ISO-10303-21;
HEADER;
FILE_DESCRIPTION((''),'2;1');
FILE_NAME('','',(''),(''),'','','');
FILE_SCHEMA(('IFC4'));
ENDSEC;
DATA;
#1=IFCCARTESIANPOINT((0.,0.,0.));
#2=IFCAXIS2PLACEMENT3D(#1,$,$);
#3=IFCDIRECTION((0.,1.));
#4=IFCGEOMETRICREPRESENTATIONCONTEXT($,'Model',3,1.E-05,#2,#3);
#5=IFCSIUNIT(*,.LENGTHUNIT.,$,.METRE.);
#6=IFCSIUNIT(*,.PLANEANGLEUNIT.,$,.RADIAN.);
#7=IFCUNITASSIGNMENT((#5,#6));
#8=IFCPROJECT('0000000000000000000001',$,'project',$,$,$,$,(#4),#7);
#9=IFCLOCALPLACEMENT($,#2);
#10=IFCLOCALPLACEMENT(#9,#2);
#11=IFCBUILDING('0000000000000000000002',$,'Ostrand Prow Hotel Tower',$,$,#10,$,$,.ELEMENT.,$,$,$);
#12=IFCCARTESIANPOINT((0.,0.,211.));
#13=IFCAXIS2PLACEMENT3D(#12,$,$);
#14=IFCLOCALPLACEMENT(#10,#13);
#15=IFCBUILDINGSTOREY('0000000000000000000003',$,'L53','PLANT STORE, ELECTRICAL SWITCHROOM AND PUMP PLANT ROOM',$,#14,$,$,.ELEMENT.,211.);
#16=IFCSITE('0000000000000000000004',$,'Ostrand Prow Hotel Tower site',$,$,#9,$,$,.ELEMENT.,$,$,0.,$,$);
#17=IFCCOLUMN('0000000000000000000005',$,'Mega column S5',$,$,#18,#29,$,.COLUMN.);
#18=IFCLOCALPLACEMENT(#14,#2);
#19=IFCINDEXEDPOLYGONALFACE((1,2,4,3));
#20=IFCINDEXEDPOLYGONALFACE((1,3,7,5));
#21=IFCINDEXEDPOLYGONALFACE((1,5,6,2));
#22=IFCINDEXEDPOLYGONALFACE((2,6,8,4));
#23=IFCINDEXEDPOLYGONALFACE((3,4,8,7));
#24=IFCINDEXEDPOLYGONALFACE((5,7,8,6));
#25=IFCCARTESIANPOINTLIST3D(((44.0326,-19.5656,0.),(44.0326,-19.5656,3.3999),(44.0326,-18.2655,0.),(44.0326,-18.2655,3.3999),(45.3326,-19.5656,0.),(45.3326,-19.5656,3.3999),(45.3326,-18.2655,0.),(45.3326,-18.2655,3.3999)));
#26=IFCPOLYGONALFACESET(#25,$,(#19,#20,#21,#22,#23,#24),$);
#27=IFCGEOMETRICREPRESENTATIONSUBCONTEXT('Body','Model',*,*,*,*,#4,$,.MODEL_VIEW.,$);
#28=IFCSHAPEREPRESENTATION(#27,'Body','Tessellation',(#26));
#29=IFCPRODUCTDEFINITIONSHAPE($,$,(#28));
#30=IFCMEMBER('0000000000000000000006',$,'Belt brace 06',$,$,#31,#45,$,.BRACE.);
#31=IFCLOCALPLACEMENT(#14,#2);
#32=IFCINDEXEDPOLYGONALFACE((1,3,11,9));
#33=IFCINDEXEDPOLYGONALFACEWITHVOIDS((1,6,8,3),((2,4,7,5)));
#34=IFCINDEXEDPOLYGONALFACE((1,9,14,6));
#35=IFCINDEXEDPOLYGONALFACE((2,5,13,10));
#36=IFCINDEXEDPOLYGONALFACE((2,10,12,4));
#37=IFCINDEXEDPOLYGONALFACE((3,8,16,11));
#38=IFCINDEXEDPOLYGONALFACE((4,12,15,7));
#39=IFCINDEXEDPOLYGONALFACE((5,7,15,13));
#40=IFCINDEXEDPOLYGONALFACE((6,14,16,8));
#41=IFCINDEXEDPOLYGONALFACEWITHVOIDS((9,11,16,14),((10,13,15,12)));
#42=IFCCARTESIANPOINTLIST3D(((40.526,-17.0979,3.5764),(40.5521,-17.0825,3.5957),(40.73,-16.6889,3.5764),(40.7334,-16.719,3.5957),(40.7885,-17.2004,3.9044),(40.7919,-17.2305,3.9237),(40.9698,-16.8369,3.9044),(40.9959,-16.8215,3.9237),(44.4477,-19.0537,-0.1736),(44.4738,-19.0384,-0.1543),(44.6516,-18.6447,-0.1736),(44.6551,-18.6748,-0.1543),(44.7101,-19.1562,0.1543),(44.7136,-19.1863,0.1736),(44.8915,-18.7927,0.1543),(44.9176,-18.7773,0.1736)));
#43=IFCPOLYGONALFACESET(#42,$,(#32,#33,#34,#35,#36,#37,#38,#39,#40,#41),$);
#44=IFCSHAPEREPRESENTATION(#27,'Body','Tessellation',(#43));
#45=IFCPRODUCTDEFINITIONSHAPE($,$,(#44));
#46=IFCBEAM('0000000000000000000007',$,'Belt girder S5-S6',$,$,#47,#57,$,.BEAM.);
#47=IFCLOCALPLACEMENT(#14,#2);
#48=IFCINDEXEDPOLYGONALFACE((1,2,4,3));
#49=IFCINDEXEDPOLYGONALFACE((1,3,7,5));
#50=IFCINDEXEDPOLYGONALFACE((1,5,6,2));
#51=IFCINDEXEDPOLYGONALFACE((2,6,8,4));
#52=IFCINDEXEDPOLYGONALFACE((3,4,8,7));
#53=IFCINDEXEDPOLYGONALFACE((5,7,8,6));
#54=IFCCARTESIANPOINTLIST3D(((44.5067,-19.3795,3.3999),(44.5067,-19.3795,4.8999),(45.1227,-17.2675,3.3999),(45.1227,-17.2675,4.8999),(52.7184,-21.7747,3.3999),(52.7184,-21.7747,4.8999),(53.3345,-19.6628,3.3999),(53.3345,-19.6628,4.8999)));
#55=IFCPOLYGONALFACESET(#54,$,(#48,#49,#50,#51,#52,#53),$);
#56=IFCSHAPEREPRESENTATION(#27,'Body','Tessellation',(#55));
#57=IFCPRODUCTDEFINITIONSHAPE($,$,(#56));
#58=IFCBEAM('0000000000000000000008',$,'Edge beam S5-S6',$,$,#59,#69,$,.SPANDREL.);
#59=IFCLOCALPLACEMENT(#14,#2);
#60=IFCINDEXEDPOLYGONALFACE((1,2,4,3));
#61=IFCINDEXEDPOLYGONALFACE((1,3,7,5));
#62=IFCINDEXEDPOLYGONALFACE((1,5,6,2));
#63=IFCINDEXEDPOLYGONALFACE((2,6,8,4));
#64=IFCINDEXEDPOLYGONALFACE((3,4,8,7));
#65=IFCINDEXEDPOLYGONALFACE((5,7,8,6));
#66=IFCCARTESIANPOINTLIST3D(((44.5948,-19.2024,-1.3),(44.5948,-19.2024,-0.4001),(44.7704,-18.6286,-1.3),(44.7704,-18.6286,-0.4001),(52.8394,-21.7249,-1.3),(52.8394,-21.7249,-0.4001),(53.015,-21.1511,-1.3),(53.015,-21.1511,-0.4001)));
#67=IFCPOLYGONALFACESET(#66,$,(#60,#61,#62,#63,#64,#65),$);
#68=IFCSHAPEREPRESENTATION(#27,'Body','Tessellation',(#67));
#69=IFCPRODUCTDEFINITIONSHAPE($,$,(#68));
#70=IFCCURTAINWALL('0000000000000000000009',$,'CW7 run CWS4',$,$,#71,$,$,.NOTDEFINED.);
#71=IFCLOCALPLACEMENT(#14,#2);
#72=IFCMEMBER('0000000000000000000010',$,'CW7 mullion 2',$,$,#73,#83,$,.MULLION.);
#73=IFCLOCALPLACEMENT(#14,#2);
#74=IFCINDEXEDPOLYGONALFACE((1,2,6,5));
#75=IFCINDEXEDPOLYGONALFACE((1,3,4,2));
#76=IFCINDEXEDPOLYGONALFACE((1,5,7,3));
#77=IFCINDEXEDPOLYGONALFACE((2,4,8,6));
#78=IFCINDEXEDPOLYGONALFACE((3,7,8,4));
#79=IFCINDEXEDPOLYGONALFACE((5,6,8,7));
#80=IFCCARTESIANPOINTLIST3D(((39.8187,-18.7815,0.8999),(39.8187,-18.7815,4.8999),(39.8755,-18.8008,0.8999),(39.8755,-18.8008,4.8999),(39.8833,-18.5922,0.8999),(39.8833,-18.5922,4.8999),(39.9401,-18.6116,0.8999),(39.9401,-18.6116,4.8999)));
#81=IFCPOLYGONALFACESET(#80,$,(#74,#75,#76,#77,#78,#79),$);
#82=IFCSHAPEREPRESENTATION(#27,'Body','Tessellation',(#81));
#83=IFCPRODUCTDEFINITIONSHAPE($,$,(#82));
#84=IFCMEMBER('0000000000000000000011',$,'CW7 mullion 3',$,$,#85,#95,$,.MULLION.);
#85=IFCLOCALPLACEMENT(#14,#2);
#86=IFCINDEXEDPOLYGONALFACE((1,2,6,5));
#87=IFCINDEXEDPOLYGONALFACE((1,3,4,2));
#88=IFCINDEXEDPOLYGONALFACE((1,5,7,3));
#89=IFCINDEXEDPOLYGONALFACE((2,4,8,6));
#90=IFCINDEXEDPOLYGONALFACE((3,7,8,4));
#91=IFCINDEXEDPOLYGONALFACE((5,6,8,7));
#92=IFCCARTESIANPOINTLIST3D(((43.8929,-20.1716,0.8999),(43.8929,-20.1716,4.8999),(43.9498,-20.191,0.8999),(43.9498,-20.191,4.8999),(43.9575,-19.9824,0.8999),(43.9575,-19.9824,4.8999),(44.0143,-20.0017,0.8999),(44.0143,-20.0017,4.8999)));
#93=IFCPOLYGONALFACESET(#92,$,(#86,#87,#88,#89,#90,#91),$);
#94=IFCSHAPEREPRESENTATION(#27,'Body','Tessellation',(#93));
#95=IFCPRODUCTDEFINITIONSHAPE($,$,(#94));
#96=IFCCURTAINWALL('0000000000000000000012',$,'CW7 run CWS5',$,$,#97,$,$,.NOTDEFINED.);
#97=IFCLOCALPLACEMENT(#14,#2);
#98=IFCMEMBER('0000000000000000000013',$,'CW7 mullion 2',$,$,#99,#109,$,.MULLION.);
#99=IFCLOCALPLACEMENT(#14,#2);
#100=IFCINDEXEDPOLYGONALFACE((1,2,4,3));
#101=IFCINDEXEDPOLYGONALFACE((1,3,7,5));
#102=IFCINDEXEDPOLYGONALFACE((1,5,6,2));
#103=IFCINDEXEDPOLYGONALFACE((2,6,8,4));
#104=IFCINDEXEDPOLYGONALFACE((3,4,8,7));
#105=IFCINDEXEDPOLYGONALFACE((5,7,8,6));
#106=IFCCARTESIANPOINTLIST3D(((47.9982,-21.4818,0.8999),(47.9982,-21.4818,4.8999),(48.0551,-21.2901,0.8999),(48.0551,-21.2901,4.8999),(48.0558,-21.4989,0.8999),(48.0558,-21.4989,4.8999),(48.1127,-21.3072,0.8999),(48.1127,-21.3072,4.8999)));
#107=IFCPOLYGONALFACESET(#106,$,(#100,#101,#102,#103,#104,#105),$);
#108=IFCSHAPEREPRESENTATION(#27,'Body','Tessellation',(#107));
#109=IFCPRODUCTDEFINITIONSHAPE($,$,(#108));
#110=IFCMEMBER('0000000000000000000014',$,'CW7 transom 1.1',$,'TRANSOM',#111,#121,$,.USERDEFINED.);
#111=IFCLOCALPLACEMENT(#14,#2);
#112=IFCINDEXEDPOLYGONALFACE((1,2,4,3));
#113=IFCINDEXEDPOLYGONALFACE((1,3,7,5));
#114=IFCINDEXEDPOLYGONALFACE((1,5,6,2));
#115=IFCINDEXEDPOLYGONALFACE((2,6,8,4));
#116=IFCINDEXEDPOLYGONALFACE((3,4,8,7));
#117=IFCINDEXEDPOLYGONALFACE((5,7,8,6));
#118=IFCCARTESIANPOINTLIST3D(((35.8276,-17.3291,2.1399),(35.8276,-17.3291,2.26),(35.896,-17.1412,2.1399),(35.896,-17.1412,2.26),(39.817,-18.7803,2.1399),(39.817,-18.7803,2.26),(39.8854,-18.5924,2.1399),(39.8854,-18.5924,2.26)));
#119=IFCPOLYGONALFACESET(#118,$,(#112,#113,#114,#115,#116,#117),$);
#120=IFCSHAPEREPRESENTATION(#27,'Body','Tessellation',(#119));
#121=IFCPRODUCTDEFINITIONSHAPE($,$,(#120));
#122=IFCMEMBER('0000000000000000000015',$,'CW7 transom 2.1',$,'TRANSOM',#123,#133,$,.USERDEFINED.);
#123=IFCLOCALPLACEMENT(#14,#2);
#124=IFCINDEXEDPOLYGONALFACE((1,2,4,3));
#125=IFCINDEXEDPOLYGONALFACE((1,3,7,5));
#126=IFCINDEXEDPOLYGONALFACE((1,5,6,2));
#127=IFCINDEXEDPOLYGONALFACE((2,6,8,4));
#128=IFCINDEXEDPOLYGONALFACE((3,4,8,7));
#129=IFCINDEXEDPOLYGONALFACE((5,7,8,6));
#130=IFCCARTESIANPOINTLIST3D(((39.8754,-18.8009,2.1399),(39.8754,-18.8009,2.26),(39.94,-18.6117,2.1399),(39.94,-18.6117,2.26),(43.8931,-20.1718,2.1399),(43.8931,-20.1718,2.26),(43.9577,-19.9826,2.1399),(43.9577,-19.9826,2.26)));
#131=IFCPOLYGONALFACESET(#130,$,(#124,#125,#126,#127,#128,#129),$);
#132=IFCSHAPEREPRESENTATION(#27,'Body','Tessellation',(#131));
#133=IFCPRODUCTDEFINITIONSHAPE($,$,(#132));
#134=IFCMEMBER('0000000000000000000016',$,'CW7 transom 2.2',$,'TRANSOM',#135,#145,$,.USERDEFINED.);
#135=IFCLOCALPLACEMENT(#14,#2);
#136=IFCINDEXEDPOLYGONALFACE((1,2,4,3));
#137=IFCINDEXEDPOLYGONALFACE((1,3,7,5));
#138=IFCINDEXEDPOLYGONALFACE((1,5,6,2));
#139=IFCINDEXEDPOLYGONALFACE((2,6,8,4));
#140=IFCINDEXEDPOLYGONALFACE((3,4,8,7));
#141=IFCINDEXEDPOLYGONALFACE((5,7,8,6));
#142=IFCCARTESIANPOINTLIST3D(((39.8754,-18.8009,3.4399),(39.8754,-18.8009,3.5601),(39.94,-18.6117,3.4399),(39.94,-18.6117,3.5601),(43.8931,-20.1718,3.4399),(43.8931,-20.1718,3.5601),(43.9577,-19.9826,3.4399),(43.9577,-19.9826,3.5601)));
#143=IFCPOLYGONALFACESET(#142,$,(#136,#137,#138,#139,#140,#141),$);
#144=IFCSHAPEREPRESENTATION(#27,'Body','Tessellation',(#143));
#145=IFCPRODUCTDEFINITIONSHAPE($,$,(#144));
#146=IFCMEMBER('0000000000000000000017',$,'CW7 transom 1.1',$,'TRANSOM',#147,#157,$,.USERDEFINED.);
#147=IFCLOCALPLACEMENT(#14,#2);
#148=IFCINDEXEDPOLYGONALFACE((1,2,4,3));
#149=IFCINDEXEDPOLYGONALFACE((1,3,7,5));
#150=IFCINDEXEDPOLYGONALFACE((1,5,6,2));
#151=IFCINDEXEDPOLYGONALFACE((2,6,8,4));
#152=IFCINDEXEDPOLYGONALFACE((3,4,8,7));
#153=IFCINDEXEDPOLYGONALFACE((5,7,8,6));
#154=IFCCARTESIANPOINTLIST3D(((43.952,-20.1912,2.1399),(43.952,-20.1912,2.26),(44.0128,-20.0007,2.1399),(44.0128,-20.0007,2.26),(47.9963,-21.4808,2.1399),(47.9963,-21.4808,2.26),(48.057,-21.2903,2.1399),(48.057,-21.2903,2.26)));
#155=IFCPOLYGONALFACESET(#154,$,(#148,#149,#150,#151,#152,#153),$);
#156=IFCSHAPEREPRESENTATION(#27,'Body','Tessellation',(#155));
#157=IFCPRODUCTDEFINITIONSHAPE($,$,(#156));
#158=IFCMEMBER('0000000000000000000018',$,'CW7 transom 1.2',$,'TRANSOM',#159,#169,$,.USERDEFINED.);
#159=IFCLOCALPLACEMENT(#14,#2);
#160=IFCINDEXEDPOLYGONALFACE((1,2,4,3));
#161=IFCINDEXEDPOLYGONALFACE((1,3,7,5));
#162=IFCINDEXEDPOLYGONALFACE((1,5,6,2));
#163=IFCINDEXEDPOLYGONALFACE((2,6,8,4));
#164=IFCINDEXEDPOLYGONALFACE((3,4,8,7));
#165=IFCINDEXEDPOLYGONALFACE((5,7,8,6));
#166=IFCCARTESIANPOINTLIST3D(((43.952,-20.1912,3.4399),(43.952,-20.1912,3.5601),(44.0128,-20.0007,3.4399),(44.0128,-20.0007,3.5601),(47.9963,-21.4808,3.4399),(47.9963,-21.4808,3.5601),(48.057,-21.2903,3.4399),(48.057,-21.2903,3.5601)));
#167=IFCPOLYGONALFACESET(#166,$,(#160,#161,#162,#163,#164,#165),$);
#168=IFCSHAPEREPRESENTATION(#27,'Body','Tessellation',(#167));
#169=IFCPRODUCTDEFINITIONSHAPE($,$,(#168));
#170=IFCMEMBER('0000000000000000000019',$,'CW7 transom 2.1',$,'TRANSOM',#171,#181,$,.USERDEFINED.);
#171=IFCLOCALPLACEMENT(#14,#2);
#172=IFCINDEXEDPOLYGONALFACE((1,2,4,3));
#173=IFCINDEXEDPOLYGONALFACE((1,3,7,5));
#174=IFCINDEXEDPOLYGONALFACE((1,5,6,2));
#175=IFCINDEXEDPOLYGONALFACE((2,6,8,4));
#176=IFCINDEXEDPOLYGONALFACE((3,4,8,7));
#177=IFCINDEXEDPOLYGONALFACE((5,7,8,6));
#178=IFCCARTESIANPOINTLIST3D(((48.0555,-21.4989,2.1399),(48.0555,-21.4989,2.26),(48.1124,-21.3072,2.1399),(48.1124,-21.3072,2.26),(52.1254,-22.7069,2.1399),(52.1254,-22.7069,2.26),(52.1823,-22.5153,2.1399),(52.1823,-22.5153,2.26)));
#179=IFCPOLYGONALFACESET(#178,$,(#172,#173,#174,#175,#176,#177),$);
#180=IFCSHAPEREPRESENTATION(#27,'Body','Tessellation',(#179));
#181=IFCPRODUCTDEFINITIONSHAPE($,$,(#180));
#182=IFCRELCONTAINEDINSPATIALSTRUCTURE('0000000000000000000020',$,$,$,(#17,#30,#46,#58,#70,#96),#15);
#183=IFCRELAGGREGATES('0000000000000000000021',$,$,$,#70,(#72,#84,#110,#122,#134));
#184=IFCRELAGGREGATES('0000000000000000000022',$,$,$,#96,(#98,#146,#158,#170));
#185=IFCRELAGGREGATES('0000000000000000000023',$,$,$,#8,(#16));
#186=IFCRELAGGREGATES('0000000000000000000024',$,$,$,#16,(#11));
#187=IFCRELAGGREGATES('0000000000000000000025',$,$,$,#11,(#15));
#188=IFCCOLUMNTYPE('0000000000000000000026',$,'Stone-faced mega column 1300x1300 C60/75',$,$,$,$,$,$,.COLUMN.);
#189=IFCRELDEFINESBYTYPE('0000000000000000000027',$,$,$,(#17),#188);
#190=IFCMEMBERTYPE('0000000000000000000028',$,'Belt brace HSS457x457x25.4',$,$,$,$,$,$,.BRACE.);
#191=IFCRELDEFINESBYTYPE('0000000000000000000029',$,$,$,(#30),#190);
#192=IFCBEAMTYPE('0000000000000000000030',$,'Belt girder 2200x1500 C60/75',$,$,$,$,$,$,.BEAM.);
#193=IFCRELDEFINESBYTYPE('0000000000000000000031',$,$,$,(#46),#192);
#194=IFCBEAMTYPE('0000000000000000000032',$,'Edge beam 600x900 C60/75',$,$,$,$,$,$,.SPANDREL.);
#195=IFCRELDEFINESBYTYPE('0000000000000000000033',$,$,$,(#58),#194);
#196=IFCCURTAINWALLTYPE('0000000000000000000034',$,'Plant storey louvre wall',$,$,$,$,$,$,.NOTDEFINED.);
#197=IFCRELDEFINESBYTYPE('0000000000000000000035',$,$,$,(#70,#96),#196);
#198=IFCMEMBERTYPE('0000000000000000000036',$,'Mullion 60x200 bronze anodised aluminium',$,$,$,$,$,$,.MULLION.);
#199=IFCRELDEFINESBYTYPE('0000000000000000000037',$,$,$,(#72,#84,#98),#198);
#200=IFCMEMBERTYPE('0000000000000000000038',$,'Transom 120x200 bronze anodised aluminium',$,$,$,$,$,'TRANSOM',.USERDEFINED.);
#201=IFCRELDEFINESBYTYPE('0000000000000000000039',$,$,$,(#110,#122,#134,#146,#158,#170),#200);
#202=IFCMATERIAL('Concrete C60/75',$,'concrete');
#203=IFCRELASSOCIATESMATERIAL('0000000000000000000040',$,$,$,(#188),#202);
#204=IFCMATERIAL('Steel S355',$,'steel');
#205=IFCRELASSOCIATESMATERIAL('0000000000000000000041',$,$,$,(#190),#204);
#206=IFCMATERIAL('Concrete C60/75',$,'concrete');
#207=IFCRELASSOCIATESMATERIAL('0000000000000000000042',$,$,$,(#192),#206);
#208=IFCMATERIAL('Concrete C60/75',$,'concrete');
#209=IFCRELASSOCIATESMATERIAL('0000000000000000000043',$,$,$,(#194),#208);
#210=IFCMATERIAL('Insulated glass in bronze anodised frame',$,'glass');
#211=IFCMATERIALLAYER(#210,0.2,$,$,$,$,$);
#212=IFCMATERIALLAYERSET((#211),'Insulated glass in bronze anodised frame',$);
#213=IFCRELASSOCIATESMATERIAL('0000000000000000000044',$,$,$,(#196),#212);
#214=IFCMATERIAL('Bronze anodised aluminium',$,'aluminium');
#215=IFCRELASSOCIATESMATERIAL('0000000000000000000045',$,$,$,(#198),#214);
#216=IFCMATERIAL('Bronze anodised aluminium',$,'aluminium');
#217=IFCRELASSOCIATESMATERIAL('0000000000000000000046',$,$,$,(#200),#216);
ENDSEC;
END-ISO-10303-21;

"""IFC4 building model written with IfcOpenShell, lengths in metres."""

from ifc_helpers import new_model, si_unit, direction, frame, origin, origin_2d, place, context, subcontext, project, spatial, rectangle, hollow_rectangle, extrude, material, layer, layer_set, material_profile, profile_set, type_object, element, aggregate, save


model = new_model("IFC4")

# Units and contexts
model_context = context("Model", 3, precision=1e-05, world=origin(), true_north=direction((0.0, 1.0)))
body_context = subcontext(model_context, "Body", "Model", "MODEL_VIEW")
ifc_project = project(units=[si_unit("LENGTHUNIT", "METRE"), si_unit("PLANEANGLEUNIT", "RADIAN")], contexts=[model_context])

# Site, building, storey
site_placement = place(None, origin())
site = spatial("IfcSite", under=ifc_project, at=site_placement, Name="Ostrand Prow Hotel Tower site", CompositionType="ELEMENT", RefElevation=0.0)
building_placement = place(site_placement, origin())
building = spatial("IfcBuilding", under=site, at=building_placement, Name="Ostrand Prow Hotel Tower", CompositionType="ELEMENT")
storey_placement = place(building_placement, frame((0.0, 0.0, 211.0)))
storey = spatial("IfcBuildingStorey", under=building, at=storey_placement, Name="L53", Description="PLANT STORE, ELECTRICAL SWITCHROOM AND PUMP PLANT ROOM", CompositionType="ELEMENT", Elevation=211.0)

# Column
ifc_material_1 = material(Name="Concrete C60/75", Category="concrete")
ifc_material_profile_1 = material_profile(ifc_material_1, rectangle(XDim=1.3, YDim=1.3, at=origin_2d()), Name="RC 1300x1300")
ifc_profile_set_1 = profile_set([ifc_material_profile_1], Name="Concrete C60/75")
column_type = type_object("IfcColumnType", Name="Stone-faced mega column 1300x1300 C60/75", PredefinedType="COLUMN", material=ifc_profile_set_1)
column_placement = place(storey_placement, frame((44.6826, -18.9155, 0.0), z_axis=(0.0, 0.0, 1.0), x_axis=(1.0, 0.0, 0.0)))
element("IfcColumn", 1, at=column_placement, inside=storey, type_object=column_type, Name="Mega column S5", PredefinedType="COLUMN", context=body_context, shape_type="SweptSolid", body=[
    extrude(rectangle(XDim=1.3, YDim=1.3, at=origin_2d()), origin(), (0.0, 0.0, 1.0), 3.3999),
])

# Member
ifc_material_2 = material(Name="Steel S355", Category="steel")
ifc_material_profile_2 = material_profile(ifc_material_2, hollow_rectangle(XDim=0.457, YDim=0.457, WallThickness=0.0254, at=origin_2d()), Name="HSS457x457x25.4")
ifc_profile_set_2 = profile_set([ifc_material_profile_2], Name="Steel S355")
member_type_1 = type_object("IfcMemberType", Name="Belt brace HSS457x457x25.4", PredefinedType="BRACE", material=ifc_profile_set_2)
member_1_placement = place(storey_placement, frame((44.6826, -18.9155, 0.0), z_axis=(-0.679924, 0.339094, 0.650167), x_axis=(-0.4463, -0.894884, 0.0)))
element("IfcMember", 2, at=member_1_placement, inside=storey, type_object=member_type_1, Name="Belt brace 06", PredefinedType="BRACE", context=body_context, shape_type="SweptSolid", body=[
    extrude(hollow_rectangle(XDim=0.457, YDim=0.457, WallThickness=0.0254, at=origin_2d()), origin(), (0.0, 0.0, 1.0), 5.7678),
])

# Beams
ifc_material_3 = material(Name="Concrete C60/75", Category="concrete")
ifc_material_profile_3 = material_profile(ifc_material_3, rectangle(XDim=2.2, YDim=1.5, at=origin_2d()), Name="RC 2200x1500")
ifc_profile_set_3 = profile_set([ifc_material_profile_3], Name="Concrete C60/75")
beam_type_1 = type_object("IfcBeamType", Name="Belt girder 2200x1500 C60/75", PredefinedType="BEAM", material=ifc_profile_set_3)
beam_1_placement = place(storey_placement, frame((44.8147, -18.3235, 4.1499), z_axis=(0.959994, -0.280021, 0.0), x_axis=(0.280021, 0.959994, 0.0)))
element("IfcBeam", 3, at=beam_1_placement, inside=storey, type_object=beam_type_1, Name="Belt girder S5-S6", PredefinedType="BEAM", context=body_context, shape_type="SweptSolid", body=[
    extrude(rectangle(XDim=2.2, YDim=1.5, at=origin_2d()), origin(), (0.0, 0.0, 1.0), 8.554),
])
ifc_material_4 = material(Name="Concrete C60/75", Category="concrete")
ifc_material_profile_4 = material_profile(ifc_material_4, rectangle(XDim=0.6001, YDim=0.8999, at=origin_2d()), Name="RC 600x900")
ifc_profile_set_4 = profile_set([ifc_material_profile_4], Name="Concrete C60/75")
beam_type_2 = type_object("IfcBeamType", Name="Edge beam 600x900 C60/75", PredefinedType="SPANDREL", material=ifc_profile_set_4)
beam_2_placement = place(storey_placement, frame((44.6826, -18.9155, -0.8501), z_axis=(0.956246, -0.292565, 0.0), x_axis=(0.292565, 0.956246, 0.0)))
element("IfcBeam", 4, at=beam_2_placement, inside=storey, type_object=beam_type_2, Name="Edge beam S5-S6", PredefinedType="SPANDREL", context=body_context, shape_type="SweptSolid", body=[
    extrude(rectangle(XDim=0.6001, YDim=0.8999, at=origin_2d()), origin(), (0.0, 0.0, 1.0), 8.6218),
])

# Curtain wall, members
ifc_material_5 = material(Name="Insulated glass in bronze anodised frame", Category="glass")
ifc_layer_1 = layer(ifc_material_5, 0.2)
ifc_layer_set_1 = layer_set([ifc_layer_1], Name="Insulated glass in bronze anodised frame")
curtain_wall_type = type_object("IfcCurtainWallType", Name="Plant storey louvre wall", PredefinedType="NOTDEFINED", material=ifc_layer_set_1)
curtain_wall_1_placement = place(storey_placement, origin())
curtain_wall_1 = element("IfcCurtainWall", 5, at=curtain_wall_1_placement, inside=storey, type_object=curtain_wall_type, Name="CW7 run CWS4", PredefinedType="NOTDEFINED")
ifc_material_6 = material(Name="Bronze anodised aluminium", Category="aluminium")
ifc_material_profile_5 = material_profile(ifc_material_6, rectangle(XDim=0.2, YDim=0.0601, at=origin_2d()), Name="Mullion 60x200 bronze anodised aluminium")
ifc_profile_set_5 = profile_set([ifc_material_profile_5], Name="Bronze anodised aluminium")
member_type_2 = type_object("IfcMemberType", Name="Mullion 60x200 bronze anodised aluminium", PredefinedType="MULLION", material=ifc_profile_set_5)
member_2_placement = place(storey_placement, frame((39.8794, -18.6965, 0.8999), z_axis=(0.0, 0.0, 1.0), x_axis=(0.322908, 0.94643, 0.0)))
member_2 = element("IfcMember", 6, at=member_2_placement, type_object=member_type_2, Name="CW7 mullion 2", PredefinedType="MULLION", context=body_context, shape_type="SweptSolid", body=[
    extrude(rectangle(XDim=0.2, YDim=0.0601, at=origin_2d()), origin(), (0.0, 0.0, 1.0), 4.0),
])
member_3_placement = place(storey_placement, frame((43.9536, -20.0867, 0.8999), z_axis=(0.0, 0.0, 1.0), x_axis=(0.322908, 0.94643, 0.0)))
member_3 = element("IfcMember", 7, at=member_3_placement, type_object=member_type_2, Name="CW7 mullion 3", PredefinedType="MULLION", context=body_context, shape_type="SweptSolid", body=[
    extrude(rectangle(XDim=0.2, YDim=0.0601, at=origin_2d()), origin(), (0.0, 0.0, 1.0), 4.0),
])

# Curtain wall, member
curtain_wall_2_placement = place(storey_placement, origin())
curtain_wall_2 = element("IfcCurtainWall", 8, at=curtain_wall_2_placement, inside=storey, type_object=curtain_wall_type, Name="CW7 run CWS5", PredefinedType="NOTDEFINED")
member_4_placement = place(storey_placement, frame((48.0554, -21.3945, 0.8999), z_axis=(0.0, 0.0, 1.0), x_axis=(0.284544, 0.958663, 0.0)))
member_4 = element("IfcMember", 9, at=member_4_placement, type_object=member_type_2, Name="CW7 mullion 2", PredefinedType="MULLION", context=body_context, shape_type="SweptSolid", body=[
    extrude(rectangle(XDim=0.2, YDim=0.0601, at=origin_2d()), origin(), (0.0, 0.0, 1.0), 4.0),
])

# Members
ifc_material_7 = material(Name="Bronze anodised aluminium", Category="aluminium")
ifc_material_profile_6 = material_profile(ifc_material_7, rectangle(XDim=0.2, YDim=0.1201, at=origin_2d()), Name="Transom 120x200 bronze anodised aluminium")
ifc_profile_set_6 = profile_set([ifc_material_profile_6], Name="Bronze anodised aluminium")
member_type_3 = type_object("IfcMemberType", Name="Transom 120x200 bronze anodised aluminium", ElementType="TRANSOM", PredefinedType="USERDEFINED", material=ifc_profile_set_6)
member_5_placement = place(storey_placement, frame((35.8618, -17.2351, 2.2), z_axis=(0.939753, -0.341854, 0.0), x_axis=(0.341854, 0.939753, 0.0)))
member_5 = element("IfcMember", 10, at=member_5_placement, type_object=member_type_3, Name="CW7 transom 1.1", ObjectType="TRANSOM", PredefinedType="USERDEFINED", context=body_context, shape_type="SweptSolid", body=[
    extrude(rectangle(XDim=0.2, YDim=0.1201, at=origin_2d()), origin(), (0.0, 0.0, 1.0), 4.2451),
])
member_6_placement = place(storey_placement, frame((39.9077, -18.7063, 2.2), z_axis=(0.946422, -0.322932, 0.0), x_axis=(0.322932, 0.946422, 0.0)))
member_6 = element("IfcMember", 11, at=member_6_placement, type_object=member_type_3, Name="CW7 transom 2.1", ObjectType="TRANSOM", PredefinedType="USERDEFINED", context=body_context, shape_type="SweptSolid", body=[
    extrude(rectangle(XDim=0.2, YDim=0.1201, at=origin_2d()), origin(), (0.0, 0.0, 1.0), 4.2451),
])
member_7_placement = place(storey_placement, frame((39.9077, -18.7063, 3.5), z_axis=(0.946422, -0.322932, 0.0), x_axis=(0.322932, 0.946422, 0.0)))
member_7 = element("IfcMember", 12, at=member_7_placement, type_object=member_type_3, Name="CW7 transom 2.2", ObjectType="TRANSOM", PredefinedType="USERDEFINED", context=body_context, shape_type="SweptSolid", body=[
    extrude(rectangle(XDim=0.2, YDim=0.1201, at=origin_2d()), origin(), (0.0, 0.0, 1.0), 4.2451),
])
member_8_placement = place(storey_placement, frame((43.9824, -20.0959, 2.2), z_axis=(0.952738, -0.303795, 0.0), x_axis=(0.303795, 0.952738, 0.0)))
member_8 = element("IfcMember", 13, at=member_8_placement, type_object=member_type_3, Name="CW7 transom 1.1", ObjectType="TRANSOM", PredefinedType="USERDEFINED", context=body_context, shape_type="SweptSolid", body=[
    extrude(rectangle(XDim=0.2, YDim=0.1201, at=origin_2d()), origin(), (0.0, 0.0, 1.0), 4.2449),
])
member_9_placement = place(storey_placement, frame((43.9824, -20.0959, 3.5), z_axis=(0.952738, -0.303795, 0.0), x_axis=(0.303795, 0.952738, 0.0)))
member_9 = element("IfcMember", 14, at=member_9_placement, type_object=member_type_3, Name="CW7 transom 1.2", ObjectType="TRANSOM", PredefinedType="USERDEFINED", context=body_context, shape_type="SweptSolid", body=[
    extrude(rectangle(XDim=0.2, YDim=0.1201, at=origin_2d()), origin(), (0.0, 0.0, 1.0), 4.2449),
])
member_10_placement = place(storey_placement, frame((48.084, -21.4031, 2.2), z_axis=(0.958661, -0.28455, 0.0), x_axis=(0.28455, 0.958661, 0.0)))
member_10 = element("IfcMember", 15, at=member_10_placement, type_object=member_type_3, Name="CW7 transom 2.1", ObjectType="TRANSOM", PredefinedType="USERDEFINED", context=body_context, shape_type="SweptSolid", body=[
    extrude(rectangle(XDim=0.2, YDim=0.1201, at=origin_2d()), origin(), (0.0, 0.0, 1.0), 4.2454),
])

aggregate(curtain_wall_1, [member_2, member_3, member_5, member_6, member_7])
aggregate(curtain_wall_2, [member_4, member_8, member_9, member_10])

save(model, "model.ifc")
